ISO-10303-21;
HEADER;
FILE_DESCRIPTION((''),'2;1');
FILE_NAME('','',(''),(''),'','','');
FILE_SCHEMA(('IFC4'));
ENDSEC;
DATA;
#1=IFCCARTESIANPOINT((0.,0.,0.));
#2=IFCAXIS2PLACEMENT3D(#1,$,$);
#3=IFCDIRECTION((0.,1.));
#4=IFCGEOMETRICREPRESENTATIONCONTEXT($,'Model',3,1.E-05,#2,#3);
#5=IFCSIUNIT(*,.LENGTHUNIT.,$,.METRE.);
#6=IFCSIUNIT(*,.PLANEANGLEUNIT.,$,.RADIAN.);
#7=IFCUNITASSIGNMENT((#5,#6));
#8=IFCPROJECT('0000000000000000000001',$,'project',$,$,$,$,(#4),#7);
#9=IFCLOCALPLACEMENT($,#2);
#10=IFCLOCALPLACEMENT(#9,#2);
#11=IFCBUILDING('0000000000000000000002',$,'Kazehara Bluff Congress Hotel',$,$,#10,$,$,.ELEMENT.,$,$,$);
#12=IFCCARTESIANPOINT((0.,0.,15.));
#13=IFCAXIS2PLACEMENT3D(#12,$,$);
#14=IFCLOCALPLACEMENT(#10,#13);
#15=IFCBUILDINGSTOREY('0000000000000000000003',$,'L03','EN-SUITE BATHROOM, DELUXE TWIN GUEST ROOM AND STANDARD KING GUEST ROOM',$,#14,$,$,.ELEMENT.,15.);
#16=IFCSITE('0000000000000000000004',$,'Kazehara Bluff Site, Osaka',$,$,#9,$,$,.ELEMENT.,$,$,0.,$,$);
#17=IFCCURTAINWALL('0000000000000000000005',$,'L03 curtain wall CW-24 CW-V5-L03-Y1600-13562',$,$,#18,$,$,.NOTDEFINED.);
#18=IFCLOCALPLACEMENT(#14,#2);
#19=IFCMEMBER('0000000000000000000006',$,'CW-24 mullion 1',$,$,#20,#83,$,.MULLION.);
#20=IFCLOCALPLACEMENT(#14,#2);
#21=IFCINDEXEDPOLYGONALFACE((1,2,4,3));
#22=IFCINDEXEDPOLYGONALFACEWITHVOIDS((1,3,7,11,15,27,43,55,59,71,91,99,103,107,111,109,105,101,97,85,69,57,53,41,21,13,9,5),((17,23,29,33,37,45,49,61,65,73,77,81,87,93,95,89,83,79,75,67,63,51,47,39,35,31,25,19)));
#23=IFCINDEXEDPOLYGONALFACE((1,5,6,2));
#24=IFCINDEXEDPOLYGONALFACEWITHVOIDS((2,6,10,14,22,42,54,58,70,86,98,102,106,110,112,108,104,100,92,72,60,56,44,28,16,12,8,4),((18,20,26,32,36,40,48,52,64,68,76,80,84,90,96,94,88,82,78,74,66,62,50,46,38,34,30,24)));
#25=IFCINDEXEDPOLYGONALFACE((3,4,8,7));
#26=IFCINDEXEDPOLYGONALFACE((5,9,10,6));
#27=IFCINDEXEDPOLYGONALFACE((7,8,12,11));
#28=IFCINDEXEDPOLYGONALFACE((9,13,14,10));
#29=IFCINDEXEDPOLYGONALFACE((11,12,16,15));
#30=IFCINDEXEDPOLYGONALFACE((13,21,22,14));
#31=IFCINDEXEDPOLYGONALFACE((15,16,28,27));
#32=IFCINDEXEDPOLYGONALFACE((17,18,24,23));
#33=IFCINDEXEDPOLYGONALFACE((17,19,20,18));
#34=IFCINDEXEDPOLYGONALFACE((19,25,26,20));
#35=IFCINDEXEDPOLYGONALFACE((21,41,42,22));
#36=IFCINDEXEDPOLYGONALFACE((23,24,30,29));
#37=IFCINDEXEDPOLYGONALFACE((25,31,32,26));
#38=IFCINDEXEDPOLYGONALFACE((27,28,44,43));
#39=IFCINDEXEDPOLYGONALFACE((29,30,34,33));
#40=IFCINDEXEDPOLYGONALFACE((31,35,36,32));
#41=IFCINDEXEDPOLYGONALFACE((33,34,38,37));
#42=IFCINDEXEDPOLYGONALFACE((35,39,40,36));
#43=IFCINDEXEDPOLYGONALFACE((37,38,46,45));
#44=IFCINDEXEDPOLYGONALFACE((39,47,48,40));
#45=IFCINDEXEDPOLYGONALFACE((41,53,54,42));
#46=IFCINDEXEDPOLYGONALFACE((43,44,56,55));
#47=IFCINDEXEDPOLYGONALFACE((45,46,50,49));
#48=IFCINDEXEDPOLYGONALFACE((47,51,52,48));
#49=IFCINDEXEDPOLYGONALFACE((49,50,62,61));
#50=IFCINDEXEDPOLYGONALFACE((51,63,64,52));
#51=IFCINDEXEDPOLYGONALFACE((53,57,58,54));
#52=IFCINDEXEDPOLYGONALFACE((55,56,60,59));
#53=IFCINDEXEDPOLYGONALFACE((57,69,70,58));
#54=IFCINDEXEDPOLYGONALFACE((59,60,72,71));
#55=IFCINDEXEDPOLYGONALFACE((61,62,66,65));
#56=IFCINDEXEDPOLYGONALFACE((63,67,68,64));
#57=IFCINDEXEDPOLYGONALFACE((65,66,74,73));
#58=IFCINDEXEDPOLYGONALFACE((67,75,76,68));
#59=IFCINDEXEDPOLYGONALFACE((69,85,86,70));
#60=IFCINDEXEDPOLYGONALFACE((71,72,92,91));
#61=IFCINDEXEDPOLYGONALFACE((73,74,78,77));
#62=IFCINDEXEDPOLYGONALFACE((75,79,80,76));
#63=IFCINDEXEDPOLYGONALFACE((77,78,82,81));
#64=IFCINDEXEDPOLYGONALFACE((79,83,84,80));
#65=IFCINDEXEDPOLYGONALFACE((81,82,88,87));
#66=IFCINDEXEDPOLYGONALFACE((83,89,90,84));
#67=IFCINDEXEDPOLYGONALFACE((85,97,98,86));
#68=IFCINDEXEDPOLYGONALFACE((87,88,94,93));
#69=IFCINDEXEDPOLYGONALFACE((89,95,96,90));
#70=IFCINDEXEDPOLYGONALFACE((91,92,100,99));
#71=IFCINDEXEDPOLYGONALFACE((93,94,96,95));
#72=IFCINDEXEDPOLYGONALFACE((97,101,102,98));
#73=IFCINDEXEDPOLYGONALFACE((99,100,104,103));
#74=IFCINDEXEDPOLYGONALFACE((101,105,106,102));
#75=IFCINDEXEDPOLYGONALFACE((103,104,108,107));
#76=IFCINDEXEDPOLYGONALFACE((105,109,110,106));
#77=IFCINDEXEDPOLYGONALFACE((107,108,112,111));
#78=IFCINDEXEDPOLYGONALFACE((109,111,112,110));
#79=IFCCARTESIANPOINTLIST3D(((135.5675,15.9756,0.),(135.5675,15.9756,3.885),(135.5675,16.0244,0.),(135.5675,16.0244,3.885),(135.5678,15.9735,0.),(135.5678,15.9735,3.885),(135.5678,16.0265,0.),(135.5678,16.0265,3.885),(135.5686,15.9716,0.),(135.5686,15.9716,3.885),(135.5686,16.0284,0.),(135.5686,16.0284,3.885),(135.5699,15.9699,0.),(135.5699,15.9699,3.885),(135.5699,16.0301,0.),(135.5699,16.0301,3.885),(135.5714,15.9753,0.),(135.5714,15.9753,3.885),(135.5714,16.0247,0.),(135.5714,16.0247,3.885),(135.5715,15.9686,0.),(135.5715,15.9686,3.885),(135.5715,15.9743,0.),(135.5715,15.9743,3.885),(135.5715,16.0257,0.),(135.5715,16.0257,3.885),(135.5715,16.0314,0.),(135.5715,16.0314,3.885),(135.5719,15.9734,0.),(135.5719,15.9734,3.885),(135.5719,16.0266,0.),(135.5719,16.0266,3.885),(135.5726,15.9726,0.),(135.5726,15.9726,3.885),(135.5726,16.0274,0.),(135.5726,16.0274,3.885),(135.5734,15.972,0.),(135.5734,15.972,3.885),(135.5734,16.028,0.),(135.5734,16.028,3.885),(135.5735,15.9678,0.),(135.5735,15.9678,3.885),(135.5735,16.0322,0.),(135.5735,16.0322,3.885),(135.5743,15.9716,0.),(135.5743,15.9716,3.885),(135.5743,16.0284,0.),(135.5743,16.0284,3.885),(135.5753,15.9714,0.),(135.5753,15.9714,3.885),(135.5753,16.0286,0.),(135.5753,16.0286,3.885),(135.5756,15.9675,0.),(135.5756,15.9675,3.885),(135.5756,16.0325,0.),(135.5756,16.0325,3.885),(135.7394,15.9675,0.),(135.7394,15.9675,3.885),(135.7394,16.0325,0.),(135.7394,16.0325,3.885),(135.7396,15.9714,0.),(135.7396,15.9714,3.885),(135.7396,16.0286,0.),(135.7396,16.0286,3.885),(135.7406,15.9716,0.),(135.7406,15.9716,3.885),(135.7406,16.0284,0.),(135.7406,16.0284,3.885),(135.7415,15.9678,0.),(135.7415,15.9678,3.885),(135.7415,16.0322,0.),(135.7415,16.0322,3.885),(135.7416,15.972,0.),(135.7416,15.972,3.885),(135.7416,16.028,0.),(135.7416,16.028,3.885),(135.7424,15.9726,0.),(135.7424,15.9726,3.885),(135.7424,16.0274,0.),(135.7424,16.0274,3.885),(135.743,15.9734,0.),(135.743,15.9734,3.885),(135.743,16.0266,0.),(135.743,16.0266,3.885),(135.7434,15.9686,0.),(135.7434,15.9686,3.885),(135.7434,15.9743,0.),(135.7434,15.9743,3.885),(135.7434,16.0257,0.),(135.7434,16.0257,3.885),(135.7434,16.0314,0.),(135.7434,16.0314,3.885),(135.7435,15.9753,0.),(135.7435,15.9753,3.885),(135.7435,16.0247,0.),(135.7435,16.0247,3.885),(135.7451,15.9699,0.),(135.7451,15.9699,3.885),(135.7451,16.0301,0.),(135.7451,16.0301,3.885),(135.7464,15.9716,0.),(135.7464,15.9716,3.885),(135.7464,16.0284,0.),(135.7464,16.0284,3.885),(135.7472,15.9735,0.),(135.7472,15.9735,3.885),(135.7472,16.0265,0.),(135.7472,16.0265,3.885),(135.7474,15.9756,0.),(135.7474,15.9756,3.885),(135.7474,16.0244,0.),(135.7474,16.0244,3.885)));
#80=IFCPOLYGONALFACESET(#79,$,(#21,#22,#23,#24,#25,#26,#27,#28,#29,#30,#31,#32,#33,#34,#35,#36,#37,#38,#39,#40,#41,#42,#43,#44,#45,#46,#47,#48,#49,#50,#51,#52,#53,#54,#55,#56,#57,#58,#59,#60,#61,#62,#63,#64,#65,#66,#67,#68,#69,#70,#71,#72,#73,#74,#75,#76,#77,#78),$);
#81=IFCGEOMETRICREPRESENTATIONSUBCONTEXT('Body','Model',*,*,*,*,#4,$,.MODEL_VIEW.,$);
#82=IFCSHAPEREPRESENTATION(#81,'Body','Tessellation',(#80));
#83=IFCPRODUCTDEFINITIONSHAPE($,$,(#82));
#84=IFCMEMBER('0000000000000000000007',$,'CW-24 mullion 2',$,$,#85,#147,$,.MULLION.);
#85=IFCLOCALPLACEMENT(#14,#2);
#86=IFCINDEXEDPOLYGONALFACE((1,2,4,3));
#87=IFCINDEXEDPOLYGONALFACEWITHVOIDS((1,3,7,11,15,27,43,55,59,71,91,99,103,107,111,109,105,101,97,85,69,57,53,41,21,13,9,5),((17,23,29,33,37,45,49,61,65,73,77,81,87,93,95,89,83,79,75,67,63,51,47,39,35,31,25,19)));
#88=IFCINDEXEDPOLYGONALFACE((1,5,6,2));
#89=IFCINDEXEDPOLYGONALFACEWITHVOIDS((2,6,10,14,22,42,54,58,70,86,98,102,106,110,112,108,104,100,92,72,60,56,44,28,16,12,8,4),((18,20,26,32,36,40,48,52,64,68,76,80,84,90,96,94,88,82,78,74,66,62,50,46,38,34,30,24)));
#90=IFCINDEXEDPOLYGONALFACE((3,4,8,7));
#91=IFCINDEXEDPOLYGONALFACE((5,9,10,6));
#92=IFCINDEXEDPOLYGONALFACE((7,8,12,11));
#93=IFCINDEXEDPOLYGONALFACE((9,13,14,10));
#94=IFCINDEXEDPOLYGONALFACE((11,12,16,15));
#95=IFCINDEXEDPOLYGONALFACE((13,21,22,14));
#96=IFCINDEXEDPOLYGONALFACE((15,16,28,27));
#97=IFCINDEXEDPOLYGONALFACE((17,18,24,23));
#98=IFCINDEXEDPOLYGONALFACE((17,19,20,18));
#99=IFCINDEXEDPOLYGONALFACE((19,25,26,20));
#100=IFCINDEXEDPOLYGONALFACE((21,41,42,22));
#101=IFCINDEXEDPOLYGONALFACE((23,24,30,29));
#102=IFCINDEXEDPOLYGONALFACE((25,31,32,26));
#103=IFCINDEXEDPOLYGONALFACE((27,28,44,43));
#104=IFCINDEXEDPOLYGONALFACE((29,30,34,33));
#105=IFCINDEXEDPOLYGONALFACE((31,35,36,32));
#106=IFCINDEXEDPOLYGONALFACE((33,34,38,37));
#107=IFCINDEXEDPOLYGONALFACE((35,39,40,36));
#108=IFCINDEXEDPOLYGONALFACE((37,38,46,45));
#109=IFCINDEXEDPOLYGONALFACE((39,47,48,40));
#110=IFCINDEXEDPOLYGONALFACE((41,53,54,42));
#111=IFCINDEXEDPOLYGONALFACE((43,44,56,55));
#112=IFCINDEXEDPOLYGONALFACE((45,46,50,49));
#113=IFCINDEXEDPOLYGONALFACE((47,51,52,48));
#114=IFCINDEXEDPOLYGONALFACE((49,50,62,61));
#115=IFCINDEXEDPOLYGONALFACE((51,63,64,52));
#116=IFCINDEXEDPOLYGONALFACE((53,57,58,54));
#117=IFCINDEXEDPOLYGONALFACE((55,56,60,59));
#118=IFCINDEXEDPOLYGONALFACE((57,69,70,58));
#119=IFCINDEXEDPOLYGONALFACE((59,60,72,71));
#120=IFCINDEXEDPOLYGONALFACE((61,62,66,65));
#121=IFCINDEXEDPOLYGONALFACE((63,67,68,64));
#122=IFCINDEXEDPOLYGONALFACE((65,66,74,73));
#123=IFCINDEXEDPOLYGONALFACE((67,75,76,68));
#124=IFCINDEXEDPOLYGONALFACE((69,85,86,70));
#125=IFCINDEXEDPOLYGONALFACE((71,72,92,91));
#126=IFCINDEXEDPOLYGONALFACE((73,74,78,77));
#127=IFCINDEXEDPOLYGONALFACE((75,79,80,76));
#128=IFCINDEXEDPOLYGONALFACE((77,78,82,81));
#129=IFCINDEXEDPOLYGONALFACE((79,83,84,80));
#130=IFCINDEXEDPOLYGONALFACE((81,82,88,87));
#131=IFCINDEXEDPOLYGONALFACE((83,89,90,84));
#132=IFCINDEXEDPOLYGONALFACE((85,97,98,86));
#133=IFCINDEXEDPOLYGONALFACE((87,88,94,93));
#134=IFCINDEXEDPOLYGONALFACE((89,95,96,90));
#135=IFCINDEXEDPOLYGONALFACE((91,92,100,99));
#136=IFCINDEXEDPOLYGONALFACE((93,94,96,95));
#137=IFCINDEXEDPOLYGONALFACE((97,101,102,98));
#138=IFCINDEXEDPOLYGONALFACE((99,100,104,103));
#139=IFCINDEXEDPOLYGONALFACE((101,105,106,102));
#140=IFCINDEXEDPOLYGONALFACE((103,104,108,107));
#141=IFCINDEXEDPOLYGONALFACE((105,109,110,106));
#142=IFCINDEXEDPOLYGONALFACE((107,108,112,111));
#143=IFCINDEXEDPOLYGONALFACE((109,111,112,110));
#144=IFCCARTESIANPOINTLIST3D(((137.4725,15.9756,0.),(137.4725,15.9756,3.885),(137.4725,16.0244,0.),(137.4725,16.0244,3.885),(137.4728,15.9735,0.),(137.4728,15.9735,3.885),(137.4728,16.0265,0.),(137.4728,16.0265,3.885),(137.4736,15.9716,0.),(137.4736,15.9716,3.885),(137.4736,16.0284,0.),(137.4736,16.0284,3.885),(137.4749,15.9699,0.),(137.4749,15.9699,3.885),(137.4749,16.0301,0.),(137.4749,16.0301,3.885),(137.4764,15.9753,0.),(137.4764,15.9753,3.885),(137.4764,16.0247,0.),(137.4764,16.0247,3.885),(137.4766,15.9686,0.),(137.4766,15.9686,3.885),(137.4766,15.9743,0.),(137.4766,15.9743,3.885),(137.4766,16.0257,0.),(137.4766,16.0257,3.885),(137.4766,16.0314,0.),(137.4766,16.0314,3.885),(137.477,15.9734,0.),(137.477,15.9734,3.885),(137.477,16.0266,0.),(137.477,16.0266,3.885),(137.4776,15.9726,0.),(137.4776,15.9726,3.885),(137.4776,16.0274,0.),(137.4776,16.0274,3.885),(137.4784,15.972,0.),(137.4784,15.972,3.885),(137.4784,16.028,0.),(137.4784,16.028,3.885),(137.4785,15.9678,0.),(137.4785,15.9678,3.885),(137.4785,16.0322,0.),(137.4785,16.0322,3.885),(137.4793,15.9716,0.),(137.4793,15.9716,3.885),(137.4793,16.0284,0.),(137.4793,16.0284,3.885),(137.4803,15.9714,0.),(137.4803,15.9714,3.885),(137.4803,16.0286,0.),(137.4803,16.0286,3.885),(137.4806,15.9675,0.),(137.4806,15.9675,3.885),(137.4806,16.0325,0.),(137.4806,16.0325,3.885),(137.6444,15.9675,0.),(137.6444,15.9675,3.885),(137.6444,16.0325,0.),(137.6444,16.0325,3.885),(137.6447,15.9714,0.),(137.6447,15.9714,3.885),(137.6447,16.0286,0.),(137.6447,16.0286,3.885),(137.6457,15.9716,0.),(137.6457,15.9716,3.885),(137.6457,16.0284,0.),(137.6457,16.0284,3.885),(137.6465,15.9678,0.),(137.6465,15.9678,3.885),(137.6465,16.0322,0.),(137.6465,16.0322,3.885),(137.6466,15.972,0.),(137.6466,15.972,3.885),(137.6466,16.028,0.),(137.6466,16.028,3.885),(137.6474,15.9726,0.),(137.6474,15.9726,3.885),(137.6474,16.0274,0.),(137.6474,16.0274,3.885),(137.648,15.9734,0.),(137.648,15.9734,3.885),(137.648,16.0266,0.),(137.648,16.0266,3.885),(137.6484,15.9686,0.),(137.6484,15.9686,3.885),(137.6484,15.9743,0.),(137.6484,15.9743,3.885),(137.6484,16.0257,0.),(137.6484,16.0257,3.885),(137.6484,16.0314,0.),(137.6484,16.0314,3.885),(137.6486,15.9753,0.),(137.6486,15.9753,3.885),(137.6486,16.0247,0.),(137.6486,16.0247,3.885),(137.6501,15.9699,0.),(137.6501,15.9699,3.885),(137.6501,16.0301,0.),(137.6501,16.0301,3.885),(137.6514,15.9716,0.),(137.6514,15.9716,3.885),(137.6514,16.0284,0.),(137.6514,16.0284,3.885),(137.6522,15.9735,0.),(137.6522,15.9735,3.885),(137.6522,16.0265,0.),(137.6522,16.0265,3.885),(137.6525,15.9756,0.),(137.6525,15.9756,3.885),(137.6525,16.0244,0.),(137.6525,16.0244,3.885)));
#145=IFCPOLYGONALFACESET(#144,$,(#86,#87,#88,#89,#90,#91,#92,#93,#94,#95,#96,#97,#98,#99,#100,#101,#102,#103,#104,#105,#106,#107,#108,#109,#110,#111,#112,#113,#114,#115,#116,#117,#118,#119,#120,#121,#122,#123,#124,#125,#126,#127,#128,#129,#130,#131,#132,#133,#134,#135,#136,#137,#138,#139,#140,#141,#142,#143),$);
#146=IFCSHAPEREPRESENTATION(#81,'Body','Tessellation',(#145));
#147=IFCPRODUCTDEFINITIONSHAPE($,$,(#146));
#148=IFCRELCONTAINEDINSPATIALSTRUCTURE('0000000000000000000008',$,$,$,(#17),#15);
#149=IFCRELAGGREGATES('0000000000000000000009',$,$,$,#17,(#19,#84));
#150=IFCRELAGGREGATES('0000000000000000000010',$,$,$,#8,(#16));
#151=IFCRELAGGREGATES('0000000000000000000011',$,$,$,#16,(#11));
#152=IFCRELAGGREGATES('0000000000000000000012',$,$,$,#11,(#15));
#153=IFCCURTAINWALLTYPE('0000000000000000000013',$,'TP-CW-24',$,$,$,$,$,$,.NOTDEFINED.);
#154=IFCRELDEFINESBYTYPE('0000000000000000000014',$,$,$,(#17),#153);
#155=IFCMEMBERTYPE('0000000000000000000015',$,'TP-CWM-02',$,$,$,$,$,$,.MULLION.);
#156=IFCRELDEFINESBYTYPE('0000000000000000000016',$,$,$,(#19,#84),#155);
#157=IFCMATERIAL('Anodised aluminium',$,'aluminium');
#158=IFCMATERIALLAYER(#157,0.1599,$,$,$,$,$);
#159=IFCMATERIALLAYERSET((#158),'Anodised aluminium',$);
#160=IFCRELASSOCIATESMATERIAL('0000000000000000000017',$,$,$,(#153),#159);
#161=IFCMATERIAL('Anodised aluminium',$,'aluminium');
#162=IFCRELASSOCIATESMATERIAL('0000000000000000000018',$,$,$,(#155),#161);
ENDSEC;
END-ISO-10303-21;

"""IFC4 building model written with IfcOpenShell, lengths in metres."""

from ifc_helpers import new_model, si_unit, direction, frame, origin, origin_2d, place, context, subcontext, project, spatial, hollow_rectangle, extrude, material, layer, layer_set, material_profile, profile_set, type_object, element, aggregate, save


model = new_model("IFC4")

# Units and contexts
model_context = context("Model", 3, precision=1e-05, world=origin(), true_north=direction((0.0, 1.0)))
body_context = subcontext(model_context, "Body", "Model", "MODEL_VIEW")
ifc_project = project(units=[si_unit("LENGTHUNIT", "METRE"), si_unit("PLANEANGLEUNIT", "RADIAN")], contexts=[model_context])

# Site, building, storey
site_placement = place(None, origin())
site = spatial("IfcSite", under=ifc_project, at=site_placement, Name="Kazehara Bluff Site, Osaka", CompositionType="ELEMENT", RefElevation=0.0)
building_placement = place(site_placement, origin())
building = spatial("IfcBuilding", under=site, at=building_placement, Name="Kazehara Bluff Congress Hotel", CompositionType="ELEMENT")
storey_placement = place(building_placement, frame((0.0, 0.0, 15.0)))
storey = spatial("IfcBuildingStorey", under=building, at=storey_placement, Name="L03", Description="EN-SUITE BATHROOM, DELUXE TWIN GUEST ROOM AND STANDARD KING GUEST ROOM", CompositionType="ELEMENT", Elevation=15.0)

# Shared definitions
ifc_material_1 = material(Name="Anodised aluminium", Category="aluminium")
ifc_layer_1 = layer(ifc_material_1, 0.1599)
ifc_layer_set_1 = layer_set([ifc_layer_1], Name="Anodised aluminium")
curtain_wall_type = type_object("IfcCurtainWallType", Name="TP-CW-24", PredefinedType="NOTDEFINED", material=ifc_layer_set_1)
ifc_material_2 = material(Name="Anodised aluminium", Category="aluminium")
ifc_material_profile_1 = material_profile(ifc_material_2, hollow_rectangle(XDim=0.0649, YDim=0.1799, WallThickness=0.0039, InnerFilletRadius=0.0039, OuterFilletRadius=0.0081, at=origin_2d()))
ifc_profile_set_1 = profile_set([ifc_material_profile_1], Name="Anodised aluminium")
member_type_1 = type_object("IfcMemberType", Name="TP-CWM-02", PredefinedType="MULLION", material=ifc_profile_set_1)

# Curtain wall, members
curtain_wall_1_placement = place(storey_placement, origin())
curtain_wall_1 = element("IfcCurtainWall", 1, at=curtain_wall_1_placement, inside=storey, type_object=curtain_wall_type, Name="L03 curtain wall CW-24 CW-V5-L03-Y1600-13562", PredefinedType="NOTDEFINED")
member_1_placement = place(storey_placement, frame((135.6575, 16.0, 0.0), z_axis=(0.0, 0.0, 1.0), x_axis=(0.0, 1.0, 0.0)))
member_1 = element("IfcMember", 2, at=member_1_placement, type_object=member_type_1, Name="CW-24 mullion 1", PredefinedType="MULLION", context=body_context, shape_type="SweptSolid", body=[
    extrude(hollow_rectangle(XDim=0.0649, YDim=0.1799, WallThickness=0.0039, InnerFilletRadius=0.0039, OuterFilletRadius=0.0081, at=origin_2d()), origin(), (0.0, 0.0, 1.0), 3.885),
])
member_2_placement = place(storey_placement, frame((137.5625, 16.0, 0.0), z_axis=(0.0, 0.0, 1.0), x_axis=(0.0, 1.0, 0.0)))
member_2 = element("IfcMember", 3, at=member_2_placement, type_object=member_type_1, Name="CW-24 mullion 2", PredefinedType="MULLION", context=body_context, shape_type="SweptSolid", body=[
    extrude(hollow_rectangle(XDim=0.0649, YDim=0.1799, WallThickness=0.0039, InnerFilletRadius=0.0039, OuterFilletRadius=0.0081, at=origin_2d()), origin(), (0.0, 0.0, 1.0), 3.885),
])

aggregate(curtain_wall_1, [member_1, member_2])

save(model, "model.ifc")
